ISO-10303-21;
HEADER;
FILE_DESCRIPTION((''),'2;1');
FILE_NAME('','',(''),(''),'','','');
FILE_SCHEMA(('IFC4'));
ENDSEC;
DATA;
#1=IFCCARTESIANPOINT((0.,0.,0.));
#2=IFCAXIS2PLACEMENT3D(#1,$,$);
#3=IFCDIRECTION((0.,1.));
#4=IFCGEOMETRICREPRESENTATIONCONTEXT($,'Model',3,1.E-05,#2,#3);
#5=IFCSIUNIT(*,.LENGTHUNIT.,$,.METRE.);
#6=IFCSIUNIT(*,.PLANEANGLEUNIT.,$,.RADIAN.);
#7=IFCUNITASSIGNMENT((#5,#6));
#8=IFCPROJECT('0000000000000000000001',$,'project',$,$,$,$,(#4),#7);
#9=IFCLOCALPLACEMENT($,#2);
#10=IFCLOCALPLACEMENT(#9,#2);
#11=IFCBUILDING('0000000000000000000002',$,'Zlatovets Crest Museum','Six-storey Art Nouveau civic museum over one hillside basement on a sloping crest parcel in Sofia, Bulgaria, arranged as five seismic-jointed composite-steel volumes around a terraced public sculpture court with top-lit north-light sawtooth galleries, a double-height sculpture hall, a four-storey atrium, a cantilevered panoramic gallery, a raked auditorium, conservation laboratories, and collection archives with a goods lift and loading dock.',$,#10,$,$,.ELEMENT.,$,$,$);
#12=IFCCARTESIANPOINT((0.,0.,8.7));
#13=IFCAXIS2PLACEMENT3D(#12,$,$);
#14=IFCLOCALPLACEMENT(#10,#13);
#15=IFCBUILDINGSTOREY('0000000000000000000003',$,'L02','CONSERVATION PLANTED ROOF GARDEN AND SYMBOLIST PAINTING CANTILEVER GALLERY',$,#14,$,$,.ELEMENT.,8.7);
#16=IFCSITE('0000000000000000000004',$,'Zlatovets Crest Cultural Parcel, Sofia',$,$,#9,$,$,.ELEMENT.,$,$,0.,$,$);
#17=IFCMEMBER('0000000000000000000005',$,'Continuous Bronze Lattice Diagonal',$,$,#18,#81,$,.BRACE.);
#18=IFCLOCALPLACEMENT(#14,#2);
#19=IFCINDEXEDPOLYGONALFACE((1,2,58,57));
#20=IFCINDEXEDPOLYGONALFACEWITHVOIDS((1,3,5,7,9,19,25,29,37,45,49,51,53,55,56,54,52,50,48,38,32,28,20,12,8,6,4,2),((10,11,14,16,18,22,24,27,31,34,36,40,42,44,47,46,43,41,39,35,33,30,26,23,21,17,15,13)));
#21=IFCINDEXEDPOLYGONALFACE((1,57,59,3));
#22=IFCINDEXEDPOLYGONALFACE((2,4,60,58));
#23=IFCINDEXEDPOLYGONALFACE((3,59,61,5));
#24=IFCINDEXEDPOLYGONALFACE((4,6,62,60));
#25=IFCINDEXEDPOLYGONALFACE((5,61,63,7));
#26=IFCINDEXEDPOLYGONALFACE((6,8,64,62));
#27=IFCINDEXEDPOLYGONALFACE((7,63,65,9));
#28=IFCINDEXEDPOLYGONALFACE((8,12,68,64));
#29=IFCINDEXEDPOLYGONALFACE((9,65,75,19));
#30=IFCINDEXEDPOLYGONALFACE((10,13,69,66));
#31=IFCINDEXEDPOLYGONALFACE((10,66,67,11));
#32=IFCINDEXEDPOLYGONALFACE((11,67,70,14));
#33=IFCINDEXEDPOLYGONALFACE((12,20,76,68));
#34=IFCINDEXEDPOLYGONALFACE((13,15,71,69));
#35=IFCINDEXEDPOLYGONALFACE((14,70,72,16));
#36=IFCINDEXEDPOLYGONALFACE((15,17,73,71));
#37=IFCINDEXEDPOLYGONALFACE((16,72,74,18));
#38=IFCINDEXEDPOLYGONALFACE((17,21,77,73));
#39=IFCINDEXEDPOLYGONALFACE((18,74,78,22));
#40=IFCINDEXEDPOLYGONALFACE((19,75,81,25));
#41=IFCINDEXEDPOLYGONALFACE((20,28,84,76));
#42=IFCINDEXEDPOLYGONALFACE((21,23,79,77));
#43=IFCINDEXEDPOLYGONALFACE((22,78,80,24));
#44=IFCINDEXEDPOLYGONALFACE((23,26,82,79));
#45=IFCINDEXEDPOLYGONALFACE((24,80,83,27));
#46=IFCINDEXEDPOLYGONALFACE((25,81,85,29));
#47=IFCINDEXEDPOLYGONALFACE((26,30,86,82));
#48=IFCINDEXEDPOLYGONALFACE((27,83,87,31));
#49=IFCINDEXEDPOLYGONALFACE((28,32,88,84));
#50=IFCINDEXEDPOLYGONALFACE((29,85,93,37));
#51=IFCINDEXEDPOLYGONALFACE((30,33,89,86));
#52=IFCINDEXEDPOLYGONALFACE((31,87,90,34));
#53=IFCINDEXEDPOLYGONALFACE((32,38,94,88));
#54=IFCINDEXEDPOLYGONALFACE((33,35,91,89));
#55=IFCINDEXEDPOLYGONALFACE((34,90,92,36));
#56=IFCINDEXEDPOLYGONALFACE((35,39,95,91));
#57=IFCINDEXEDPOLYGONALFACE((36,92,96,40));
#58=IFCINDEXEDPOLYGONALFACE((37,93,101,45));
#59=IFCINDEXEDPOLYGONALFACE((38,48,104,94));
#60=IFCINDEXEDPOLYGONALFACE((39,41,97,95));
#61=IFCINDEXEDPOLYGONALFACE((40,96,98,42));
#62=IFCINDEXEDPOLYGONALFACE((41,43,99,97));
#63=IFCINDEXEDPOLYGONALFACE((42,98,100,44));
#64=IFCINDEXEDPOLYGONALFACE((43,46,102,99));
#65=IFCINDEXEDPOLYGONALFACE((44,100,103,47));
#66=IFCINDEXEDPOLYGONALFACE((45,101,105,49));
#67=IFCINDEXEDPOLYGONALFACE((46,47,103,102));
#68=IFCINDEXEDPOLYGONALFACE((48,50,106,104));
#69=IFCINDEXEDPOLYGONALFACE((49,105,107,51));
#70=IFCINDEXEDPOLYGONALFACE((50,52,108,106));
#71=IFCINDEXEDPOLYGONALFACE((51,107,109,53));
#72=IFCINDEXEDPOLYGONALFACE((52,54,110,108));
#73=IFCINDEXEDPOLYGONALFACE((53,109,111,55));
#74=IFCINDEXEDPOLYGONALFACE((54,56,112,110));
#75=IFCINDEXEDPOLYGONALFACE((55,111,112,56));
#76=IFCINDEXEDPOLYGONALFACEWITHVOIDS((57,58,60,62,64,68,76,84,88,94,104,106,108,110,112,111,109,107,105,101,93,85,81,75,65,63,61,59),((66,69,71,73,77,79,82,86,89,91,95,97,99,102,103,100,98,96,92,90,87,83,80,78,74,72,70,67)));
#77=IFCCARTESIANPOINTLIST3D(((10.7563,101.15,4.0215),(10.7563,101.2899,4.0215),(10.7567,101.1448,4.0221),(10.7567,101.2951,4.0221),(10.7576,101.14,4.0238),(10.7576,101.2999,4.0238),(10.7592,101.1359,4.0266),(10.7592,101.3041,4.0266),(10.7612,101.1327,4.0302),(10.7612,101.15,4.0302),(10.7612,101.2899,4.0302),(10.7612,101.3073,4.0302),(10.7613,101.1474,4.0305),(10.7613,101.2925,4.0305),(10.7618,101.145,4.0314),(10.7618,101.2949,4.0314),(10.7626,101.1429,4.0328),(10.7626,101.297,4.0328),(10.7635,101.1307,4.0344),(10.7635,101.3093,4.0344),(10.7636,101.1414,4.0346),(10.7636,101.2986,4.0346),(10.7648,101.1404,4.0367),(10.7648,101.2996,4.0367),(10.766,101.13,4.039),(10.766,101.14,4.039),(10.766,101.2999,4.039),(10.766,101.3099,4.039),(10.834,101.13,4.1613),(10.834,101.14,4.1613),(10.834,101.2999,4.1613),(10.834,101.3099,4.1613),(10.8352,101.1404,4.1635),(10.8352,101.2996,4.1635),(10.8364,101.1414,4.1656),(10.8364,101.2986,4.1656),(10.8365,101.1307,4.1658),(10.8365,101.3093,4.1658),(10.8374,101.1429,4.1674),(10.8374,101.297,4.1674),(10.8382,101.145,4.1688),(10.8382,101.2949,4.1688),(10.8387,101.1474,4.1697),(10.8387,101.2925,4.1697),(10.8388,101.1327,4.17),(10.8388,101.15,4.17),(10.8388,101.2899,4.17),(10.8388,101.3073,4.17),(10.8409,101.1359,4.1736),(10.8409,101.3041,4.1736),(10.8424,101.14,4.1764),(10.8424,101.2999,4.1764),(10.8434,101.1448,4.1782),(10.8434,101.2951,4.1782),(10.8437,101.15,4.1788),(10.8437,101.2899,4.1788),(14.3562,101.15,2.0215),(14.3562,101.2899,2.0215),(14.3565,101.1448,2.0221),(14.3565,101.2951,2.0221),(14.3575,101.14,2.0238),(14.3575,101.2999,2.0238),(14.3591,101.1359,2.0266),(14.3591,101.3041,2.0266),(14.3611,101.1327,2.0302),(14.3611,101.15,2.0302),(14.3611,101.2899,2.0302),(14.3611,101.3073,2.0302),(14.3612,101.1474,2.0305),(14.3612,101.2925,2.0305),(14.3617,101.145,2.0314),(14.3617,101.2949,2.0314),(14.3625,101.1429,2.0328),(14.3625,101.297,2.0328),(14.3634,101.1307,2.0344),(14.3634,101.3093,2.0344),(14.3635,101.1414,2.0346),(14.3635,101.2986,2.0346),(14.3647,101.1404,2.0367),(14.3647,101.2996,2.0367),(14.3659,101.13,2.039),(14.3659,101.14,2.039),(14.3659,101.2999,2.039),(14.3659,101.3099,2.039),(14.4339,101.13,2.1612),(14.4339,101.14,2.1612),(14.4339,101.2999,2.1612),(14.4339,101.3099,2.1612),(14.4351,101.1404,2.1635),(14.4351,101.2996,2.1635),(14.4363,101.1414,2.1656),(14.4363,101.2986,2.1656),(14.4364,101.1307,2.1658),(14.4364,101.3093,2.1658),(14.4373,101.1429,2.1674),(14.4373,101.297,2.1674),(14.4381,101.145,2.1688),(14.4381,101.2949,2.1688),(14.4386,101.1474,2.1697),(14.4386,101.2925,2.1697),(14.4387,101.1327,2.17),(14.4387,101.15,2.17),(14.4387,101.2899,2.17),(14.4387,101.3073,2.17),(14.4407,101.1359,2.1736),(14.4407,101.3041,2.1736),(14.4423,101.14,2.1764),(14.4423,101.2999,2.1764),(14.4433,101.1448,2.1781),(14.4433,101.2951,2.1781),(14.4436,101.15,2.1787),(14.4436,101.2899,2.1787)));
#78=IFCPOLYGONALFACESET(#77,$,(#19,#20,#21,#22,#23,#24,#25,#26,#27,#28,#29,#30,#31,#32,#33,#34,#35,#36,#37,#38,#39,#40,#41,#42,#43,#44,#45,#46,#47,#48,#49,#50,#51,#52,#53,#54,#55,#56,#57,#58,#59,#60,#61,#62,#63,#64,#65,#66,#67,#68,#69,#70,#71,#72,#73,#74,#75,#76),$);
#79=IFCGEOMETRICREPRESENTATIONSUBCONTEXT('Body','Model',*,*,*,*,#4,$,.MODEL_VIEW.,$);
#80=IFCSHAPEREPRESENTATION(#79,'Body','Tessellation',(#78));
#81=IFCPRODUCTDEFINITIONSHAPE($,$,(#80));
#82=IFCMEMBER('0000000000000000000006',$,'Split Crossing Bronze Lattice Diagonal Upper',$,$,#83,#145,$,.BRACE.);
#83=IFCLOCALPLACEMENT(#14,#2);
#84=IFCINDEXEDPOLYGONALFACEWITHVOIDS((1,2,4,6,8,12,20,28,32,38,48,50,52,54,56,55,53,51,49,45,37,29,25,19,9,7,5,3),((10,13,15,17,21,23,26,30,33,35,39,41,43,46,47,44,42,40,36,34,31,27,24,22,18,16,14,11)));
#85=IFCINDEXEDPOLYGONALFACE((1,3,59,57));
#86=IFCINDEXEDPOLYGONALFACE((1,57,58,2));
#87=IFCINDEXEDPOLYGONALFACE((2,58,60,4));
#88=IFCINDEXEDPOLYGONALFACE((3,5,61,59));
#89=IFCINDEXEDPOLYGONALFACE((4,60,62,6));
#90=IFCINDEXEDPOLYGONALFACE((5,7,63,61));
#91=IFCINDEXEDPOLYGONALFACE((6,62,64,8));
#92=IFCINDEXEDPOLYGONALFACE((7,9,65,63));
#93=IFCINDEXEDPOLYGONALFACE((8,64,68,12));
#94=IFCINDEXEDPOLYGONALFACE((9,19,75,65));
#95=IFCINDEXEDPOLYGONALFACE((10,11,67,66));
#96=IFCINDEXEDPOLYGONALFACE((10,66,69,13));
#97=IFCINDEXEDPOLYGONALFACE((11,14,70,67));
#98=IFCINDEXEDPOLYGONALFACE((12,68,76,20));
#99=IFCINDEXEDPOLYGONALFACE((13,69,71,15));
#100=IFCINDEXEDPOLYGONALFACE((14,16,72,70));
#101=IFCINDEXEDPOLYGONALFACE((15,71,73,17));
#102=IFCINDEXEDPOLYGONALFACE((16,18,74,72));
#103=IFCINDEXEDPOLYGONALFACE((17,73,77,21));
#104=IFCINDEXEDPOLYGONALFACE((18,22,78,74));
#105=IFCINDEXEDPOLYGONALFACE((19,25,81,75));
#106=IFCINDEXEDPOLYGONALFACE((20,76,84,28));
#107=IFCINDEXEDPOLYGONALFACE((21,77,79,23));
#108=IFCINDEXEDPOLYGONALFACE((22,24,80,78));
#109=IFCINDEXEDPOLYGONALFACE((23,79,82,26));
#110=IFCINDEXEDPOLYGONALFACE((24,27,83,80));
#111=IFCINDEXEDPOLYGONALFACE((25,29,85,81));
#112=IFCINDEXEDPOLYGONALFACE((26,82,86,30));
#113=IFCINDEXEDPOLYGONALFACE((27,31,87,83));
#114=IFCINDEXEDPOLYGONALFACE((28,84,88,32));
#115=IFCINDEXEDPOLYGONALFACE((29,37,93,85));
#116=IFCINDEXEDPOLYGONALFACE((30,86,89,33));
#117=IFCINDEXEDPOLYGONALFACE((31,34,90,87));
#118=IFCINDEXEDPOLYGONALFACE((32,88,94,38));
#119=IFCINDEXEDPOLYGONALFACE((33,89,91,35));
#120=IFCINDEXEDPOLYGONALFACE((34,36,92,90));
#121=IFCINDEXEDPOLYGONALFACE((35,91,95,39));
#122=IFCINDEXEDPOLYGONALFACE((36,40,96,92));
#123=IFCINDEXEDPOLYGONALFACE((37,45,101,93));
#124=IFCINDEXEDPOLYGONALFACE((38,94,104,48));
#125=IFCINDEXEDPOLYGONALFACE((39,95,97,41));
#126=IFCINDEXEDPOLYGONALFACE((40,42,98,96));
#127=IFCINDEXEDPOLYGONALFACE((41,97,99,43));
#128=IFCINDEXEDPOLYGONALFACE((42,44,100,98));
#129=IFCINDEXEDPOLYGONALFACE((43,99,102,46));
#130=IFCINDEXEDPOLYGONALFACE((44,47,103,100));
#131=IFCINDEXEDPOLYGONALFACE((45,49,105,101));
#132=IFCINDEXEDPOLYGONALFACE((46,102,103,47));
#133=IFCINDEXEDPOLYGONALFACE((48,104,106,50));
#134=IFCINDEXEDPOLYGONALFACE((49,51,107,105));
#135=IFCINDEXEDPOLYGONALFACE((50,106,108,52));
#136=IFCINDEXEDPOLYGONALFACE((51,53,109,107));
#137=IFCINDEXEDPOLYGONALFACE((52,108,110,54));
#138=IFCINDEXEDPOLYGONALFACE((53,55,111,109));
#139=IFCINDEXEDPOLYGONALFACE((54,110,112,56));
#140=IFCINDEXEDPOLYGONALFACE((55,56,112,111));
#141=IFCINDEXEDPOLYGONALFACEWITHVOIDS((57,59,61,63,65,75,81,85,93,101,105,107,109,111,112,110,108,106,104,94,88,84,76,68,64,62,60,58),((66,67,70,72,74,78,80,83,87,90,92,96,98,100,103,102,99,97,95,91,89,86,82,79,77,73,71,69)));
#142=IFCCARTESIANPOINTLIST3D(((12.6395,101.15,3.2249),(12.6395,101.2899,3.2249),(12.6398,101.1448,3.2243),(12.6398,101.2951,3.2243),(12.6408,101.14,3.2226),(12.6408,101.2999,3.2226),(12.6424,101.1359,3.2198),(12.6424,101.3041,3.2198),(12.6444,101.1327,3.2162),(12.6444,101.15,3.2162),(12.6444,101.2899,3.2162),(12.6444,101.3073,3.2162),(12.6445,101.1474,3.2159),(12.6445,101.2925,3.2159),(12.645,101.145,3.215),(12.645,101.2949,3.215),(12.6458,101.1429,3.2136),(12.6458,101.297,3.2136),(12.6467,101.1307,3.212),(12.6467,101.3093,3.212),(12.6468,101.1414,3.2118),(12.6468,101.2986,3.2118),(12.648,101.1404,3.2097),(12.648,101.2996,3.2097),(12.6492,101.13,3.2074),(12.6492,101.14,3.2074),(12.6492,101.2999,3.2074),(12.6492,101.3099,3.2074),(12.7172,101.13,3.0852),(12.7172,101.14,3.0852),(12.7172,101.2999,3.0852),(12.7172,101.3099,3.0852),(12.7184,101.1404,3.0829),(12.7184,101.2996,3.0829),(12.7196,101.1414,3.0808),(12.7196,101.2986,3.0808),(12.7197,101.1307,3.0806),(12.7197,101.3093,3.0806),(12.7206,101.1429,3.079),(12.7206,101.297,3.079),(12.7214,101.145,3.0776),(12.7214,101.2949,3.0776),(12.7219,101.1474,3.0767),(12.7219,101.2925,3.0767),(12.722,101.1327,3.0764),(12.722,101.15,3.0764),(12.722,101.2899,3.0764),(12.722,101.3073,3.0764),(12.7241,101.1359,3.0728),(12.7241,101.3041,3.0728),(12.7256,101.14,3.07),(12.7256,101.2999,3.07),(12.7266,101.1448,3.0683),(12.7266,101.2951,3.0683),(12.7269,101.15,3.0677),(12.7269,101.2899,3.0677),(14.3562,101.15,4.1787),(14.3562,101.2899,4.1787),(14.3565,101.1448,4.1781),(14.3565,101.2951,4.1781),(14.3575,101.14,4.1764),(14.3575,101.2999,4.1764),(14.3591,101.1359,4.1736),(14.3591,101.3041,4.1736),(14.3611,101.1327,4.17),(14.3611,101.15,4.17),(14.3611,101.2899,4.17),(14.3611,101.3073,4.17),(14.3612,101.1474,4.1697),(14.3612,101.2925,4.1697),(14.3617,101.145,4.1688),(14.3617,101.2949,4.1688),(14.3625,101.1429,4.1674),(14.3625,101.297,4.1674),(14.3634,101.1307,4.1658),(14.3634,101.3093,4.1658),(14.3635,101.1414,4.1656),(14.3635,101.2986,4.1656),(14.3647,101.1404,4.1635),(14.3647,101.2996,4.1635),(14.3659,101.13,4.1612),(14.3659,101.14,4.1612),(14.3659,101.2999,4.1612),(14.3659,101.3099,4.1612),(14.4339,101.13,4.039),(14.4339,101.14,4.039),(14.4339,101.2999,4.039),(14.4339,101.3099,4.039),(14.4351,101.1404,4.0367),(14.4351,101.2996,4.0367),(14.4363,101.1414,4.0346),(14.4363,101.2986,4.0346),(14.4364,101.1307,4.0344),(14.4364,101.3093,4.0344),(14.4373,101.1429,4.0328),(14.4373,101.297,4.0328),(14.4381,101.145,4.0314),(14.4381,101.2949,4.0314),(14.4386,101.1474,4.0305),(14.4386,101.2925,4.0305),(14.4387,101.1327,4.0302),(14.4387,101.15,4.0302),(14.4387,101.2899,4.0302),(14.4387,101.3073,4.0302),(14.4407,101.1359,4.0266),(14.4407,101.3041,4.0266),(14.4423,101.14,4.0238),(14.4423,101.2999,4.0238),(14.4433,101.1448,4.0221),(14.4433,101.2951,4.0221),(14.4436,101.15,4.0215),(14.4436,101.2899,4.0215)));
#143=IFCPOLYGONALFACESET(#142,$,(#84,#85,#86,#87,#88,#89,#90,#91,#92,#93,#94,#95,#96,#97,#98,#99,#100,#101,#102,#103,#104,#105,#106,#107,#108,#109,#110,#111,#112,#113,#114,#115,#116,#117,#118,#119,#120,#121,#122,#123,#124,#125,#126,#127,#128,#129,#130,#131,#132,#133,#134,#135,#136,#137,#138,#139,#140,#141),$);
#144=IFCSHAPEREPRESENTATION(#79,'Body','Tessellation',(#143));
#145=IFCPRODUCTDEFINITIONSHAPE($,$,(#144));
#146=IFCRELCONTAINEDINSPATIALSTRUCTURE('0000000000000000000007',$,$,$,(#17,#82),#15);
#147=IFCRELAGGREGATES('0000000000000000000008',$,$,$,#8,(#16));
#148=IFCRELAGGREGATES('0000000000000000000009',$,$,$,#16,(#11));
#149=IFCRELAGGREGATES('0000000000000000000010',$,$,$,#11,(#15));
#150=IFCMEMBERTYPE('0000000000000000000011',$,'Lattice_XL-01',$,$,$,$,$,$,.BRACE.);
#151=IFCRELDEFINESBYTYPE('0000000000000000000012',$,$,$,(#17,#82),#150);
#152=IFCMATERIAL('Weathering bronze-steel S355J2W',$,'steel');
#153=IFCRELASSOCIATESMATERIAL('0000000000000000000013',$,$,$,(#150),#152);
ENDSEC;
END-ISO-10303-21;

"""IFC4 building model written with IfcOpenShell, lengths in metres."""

from ifc_helpers import new_model, si_unit, direction, frame, origin, origin_2d, place, context, subcontext, project, spatial, hollow_rectangle, extrude, material, material_profile, profile_set, type_object, element, save


model = new_model("IFC4")

# Units and contexts
model_context = context("Model", 3, precision=1e-05, world=origin(), true_north=direction((0.0, 1.0)))
body_context = subcontext(model_context, "Body", "Model", "MODEL_VIEW")
ifc_project = project(units=[si_unit("LENGTHUNIT", "METRE"), si_unit("PLANEANGLEUNIT", "RADIAN")], contexts=[model_context])

# Site, building, storey
site_placement = place(None, origin())
site = spatial("IfcSite", under=ifc_project, at=site_placement, Name="Zlatovets Crest Cultural Parcel, Sofia", CompositionType="ELEMENT", RefElevation=0.0)
building_placement = place(site_placement, origin())
building = spatial("IfcBuilding", under=site, at=building_placement, Name="Zlatovets Crest Museum", Description="Six-storey Art Nouveau civic museum over one hillside basement on a sloping crest parcel in Sofia, Bulgaria, arranged as five seismic-jointed composite-steel volumes around a terraced public sculpture court with top-lit north-light sawtooth galleries, a double-height sculpture hall, a four-storey atrium, a cantilevered panoramic gallery, a raked auditorium, conservation laboratories, and collection archives with a goods lift and loading dock.", CompositionType="ELEMENT")
storey_placement = place(building_placement, frame((0.0, 0.0, 8.7)))
storey = spatial("IfcBuildingStorey", under=building, at=storey_placement, Name="L02", Description="CONSERVATION PLANTED ROOF GARDEN AND SYMBOLIST PAINTING CANTILEVER GALLERY", CompositionType="ELEMENT", Elevation=8.7)

# Members
ifc_material_1 = material(Name="Weathering bronze-steel S355J2W", Category="steel")
ifc_material_profile_1 = material_profile(ifc_material_1, hollow_rectangle(XDim=0.1799, YDim=0.1799, WallThickness=0.01, InnerFilletRadius=0.01, OuterFilletRadius=0.02, at=origin_2d()), Name="SHS 180x180x10.0")
ifc_profile_set_1 = profile_set([ifc_material_profile_1], Name="Weathering bronze-steel S355J2W")
member_type_1 = type_object("IfcMemberType", Name="Lattice_XL-01", PredefinedType="BRACE", material=ifc_profile_set_1)
member_1_placement = place(storey_placement, frame((14.3999, 101.22, 2.1001), z_axis=(-0.874149, 0.0, 0.485658), x_axis=(0.0, -1.0, 0.0)))
element("IfcMember", 1, at=member_1_placement, inside=storey, type_object=member_type_1, Name="Continuous Bronze Lattice Diagonal", PredefinedType="BRACE", context=body_context, shape_type="SweptSolid", body=[
    extrude(hollow_rectangle(XDim=0.1799, YDim=0.1799, WallThickness=0.01, InnerFilletRadius=0.01, OuterFilletRadius=0.02, at=origin_2d()), origin(), (0.0, 0.0, 1.0), 4.1182),
])
member_2_placement = place(storey_placement, frame((14.3999, 101.22, 4.1001), z_axis=(-0.87414, 0.0, -0.485675), x_axis=(0.0, -1.0, 0.0)))
element("IfcMember", 2, at=member_2_placement, inside=storey, type_object=member_type_1, Name="Split Crossing Bronze Lattice Diagonal Upper", PredefinedType="BRACE", context=body_context, shape_type="SweptSolid", body=[
    extrude(hollow_rectangle(XDim=0.1799, YDim=0.1799, WallThickness=0.01, InnerFilletRadius=0.01, OuterFilletRadius=0.02, at=origin_2d()), origin(), (0.0, 0.0, 1.0), 1.9639),
])

save(model, "model.ifc")
